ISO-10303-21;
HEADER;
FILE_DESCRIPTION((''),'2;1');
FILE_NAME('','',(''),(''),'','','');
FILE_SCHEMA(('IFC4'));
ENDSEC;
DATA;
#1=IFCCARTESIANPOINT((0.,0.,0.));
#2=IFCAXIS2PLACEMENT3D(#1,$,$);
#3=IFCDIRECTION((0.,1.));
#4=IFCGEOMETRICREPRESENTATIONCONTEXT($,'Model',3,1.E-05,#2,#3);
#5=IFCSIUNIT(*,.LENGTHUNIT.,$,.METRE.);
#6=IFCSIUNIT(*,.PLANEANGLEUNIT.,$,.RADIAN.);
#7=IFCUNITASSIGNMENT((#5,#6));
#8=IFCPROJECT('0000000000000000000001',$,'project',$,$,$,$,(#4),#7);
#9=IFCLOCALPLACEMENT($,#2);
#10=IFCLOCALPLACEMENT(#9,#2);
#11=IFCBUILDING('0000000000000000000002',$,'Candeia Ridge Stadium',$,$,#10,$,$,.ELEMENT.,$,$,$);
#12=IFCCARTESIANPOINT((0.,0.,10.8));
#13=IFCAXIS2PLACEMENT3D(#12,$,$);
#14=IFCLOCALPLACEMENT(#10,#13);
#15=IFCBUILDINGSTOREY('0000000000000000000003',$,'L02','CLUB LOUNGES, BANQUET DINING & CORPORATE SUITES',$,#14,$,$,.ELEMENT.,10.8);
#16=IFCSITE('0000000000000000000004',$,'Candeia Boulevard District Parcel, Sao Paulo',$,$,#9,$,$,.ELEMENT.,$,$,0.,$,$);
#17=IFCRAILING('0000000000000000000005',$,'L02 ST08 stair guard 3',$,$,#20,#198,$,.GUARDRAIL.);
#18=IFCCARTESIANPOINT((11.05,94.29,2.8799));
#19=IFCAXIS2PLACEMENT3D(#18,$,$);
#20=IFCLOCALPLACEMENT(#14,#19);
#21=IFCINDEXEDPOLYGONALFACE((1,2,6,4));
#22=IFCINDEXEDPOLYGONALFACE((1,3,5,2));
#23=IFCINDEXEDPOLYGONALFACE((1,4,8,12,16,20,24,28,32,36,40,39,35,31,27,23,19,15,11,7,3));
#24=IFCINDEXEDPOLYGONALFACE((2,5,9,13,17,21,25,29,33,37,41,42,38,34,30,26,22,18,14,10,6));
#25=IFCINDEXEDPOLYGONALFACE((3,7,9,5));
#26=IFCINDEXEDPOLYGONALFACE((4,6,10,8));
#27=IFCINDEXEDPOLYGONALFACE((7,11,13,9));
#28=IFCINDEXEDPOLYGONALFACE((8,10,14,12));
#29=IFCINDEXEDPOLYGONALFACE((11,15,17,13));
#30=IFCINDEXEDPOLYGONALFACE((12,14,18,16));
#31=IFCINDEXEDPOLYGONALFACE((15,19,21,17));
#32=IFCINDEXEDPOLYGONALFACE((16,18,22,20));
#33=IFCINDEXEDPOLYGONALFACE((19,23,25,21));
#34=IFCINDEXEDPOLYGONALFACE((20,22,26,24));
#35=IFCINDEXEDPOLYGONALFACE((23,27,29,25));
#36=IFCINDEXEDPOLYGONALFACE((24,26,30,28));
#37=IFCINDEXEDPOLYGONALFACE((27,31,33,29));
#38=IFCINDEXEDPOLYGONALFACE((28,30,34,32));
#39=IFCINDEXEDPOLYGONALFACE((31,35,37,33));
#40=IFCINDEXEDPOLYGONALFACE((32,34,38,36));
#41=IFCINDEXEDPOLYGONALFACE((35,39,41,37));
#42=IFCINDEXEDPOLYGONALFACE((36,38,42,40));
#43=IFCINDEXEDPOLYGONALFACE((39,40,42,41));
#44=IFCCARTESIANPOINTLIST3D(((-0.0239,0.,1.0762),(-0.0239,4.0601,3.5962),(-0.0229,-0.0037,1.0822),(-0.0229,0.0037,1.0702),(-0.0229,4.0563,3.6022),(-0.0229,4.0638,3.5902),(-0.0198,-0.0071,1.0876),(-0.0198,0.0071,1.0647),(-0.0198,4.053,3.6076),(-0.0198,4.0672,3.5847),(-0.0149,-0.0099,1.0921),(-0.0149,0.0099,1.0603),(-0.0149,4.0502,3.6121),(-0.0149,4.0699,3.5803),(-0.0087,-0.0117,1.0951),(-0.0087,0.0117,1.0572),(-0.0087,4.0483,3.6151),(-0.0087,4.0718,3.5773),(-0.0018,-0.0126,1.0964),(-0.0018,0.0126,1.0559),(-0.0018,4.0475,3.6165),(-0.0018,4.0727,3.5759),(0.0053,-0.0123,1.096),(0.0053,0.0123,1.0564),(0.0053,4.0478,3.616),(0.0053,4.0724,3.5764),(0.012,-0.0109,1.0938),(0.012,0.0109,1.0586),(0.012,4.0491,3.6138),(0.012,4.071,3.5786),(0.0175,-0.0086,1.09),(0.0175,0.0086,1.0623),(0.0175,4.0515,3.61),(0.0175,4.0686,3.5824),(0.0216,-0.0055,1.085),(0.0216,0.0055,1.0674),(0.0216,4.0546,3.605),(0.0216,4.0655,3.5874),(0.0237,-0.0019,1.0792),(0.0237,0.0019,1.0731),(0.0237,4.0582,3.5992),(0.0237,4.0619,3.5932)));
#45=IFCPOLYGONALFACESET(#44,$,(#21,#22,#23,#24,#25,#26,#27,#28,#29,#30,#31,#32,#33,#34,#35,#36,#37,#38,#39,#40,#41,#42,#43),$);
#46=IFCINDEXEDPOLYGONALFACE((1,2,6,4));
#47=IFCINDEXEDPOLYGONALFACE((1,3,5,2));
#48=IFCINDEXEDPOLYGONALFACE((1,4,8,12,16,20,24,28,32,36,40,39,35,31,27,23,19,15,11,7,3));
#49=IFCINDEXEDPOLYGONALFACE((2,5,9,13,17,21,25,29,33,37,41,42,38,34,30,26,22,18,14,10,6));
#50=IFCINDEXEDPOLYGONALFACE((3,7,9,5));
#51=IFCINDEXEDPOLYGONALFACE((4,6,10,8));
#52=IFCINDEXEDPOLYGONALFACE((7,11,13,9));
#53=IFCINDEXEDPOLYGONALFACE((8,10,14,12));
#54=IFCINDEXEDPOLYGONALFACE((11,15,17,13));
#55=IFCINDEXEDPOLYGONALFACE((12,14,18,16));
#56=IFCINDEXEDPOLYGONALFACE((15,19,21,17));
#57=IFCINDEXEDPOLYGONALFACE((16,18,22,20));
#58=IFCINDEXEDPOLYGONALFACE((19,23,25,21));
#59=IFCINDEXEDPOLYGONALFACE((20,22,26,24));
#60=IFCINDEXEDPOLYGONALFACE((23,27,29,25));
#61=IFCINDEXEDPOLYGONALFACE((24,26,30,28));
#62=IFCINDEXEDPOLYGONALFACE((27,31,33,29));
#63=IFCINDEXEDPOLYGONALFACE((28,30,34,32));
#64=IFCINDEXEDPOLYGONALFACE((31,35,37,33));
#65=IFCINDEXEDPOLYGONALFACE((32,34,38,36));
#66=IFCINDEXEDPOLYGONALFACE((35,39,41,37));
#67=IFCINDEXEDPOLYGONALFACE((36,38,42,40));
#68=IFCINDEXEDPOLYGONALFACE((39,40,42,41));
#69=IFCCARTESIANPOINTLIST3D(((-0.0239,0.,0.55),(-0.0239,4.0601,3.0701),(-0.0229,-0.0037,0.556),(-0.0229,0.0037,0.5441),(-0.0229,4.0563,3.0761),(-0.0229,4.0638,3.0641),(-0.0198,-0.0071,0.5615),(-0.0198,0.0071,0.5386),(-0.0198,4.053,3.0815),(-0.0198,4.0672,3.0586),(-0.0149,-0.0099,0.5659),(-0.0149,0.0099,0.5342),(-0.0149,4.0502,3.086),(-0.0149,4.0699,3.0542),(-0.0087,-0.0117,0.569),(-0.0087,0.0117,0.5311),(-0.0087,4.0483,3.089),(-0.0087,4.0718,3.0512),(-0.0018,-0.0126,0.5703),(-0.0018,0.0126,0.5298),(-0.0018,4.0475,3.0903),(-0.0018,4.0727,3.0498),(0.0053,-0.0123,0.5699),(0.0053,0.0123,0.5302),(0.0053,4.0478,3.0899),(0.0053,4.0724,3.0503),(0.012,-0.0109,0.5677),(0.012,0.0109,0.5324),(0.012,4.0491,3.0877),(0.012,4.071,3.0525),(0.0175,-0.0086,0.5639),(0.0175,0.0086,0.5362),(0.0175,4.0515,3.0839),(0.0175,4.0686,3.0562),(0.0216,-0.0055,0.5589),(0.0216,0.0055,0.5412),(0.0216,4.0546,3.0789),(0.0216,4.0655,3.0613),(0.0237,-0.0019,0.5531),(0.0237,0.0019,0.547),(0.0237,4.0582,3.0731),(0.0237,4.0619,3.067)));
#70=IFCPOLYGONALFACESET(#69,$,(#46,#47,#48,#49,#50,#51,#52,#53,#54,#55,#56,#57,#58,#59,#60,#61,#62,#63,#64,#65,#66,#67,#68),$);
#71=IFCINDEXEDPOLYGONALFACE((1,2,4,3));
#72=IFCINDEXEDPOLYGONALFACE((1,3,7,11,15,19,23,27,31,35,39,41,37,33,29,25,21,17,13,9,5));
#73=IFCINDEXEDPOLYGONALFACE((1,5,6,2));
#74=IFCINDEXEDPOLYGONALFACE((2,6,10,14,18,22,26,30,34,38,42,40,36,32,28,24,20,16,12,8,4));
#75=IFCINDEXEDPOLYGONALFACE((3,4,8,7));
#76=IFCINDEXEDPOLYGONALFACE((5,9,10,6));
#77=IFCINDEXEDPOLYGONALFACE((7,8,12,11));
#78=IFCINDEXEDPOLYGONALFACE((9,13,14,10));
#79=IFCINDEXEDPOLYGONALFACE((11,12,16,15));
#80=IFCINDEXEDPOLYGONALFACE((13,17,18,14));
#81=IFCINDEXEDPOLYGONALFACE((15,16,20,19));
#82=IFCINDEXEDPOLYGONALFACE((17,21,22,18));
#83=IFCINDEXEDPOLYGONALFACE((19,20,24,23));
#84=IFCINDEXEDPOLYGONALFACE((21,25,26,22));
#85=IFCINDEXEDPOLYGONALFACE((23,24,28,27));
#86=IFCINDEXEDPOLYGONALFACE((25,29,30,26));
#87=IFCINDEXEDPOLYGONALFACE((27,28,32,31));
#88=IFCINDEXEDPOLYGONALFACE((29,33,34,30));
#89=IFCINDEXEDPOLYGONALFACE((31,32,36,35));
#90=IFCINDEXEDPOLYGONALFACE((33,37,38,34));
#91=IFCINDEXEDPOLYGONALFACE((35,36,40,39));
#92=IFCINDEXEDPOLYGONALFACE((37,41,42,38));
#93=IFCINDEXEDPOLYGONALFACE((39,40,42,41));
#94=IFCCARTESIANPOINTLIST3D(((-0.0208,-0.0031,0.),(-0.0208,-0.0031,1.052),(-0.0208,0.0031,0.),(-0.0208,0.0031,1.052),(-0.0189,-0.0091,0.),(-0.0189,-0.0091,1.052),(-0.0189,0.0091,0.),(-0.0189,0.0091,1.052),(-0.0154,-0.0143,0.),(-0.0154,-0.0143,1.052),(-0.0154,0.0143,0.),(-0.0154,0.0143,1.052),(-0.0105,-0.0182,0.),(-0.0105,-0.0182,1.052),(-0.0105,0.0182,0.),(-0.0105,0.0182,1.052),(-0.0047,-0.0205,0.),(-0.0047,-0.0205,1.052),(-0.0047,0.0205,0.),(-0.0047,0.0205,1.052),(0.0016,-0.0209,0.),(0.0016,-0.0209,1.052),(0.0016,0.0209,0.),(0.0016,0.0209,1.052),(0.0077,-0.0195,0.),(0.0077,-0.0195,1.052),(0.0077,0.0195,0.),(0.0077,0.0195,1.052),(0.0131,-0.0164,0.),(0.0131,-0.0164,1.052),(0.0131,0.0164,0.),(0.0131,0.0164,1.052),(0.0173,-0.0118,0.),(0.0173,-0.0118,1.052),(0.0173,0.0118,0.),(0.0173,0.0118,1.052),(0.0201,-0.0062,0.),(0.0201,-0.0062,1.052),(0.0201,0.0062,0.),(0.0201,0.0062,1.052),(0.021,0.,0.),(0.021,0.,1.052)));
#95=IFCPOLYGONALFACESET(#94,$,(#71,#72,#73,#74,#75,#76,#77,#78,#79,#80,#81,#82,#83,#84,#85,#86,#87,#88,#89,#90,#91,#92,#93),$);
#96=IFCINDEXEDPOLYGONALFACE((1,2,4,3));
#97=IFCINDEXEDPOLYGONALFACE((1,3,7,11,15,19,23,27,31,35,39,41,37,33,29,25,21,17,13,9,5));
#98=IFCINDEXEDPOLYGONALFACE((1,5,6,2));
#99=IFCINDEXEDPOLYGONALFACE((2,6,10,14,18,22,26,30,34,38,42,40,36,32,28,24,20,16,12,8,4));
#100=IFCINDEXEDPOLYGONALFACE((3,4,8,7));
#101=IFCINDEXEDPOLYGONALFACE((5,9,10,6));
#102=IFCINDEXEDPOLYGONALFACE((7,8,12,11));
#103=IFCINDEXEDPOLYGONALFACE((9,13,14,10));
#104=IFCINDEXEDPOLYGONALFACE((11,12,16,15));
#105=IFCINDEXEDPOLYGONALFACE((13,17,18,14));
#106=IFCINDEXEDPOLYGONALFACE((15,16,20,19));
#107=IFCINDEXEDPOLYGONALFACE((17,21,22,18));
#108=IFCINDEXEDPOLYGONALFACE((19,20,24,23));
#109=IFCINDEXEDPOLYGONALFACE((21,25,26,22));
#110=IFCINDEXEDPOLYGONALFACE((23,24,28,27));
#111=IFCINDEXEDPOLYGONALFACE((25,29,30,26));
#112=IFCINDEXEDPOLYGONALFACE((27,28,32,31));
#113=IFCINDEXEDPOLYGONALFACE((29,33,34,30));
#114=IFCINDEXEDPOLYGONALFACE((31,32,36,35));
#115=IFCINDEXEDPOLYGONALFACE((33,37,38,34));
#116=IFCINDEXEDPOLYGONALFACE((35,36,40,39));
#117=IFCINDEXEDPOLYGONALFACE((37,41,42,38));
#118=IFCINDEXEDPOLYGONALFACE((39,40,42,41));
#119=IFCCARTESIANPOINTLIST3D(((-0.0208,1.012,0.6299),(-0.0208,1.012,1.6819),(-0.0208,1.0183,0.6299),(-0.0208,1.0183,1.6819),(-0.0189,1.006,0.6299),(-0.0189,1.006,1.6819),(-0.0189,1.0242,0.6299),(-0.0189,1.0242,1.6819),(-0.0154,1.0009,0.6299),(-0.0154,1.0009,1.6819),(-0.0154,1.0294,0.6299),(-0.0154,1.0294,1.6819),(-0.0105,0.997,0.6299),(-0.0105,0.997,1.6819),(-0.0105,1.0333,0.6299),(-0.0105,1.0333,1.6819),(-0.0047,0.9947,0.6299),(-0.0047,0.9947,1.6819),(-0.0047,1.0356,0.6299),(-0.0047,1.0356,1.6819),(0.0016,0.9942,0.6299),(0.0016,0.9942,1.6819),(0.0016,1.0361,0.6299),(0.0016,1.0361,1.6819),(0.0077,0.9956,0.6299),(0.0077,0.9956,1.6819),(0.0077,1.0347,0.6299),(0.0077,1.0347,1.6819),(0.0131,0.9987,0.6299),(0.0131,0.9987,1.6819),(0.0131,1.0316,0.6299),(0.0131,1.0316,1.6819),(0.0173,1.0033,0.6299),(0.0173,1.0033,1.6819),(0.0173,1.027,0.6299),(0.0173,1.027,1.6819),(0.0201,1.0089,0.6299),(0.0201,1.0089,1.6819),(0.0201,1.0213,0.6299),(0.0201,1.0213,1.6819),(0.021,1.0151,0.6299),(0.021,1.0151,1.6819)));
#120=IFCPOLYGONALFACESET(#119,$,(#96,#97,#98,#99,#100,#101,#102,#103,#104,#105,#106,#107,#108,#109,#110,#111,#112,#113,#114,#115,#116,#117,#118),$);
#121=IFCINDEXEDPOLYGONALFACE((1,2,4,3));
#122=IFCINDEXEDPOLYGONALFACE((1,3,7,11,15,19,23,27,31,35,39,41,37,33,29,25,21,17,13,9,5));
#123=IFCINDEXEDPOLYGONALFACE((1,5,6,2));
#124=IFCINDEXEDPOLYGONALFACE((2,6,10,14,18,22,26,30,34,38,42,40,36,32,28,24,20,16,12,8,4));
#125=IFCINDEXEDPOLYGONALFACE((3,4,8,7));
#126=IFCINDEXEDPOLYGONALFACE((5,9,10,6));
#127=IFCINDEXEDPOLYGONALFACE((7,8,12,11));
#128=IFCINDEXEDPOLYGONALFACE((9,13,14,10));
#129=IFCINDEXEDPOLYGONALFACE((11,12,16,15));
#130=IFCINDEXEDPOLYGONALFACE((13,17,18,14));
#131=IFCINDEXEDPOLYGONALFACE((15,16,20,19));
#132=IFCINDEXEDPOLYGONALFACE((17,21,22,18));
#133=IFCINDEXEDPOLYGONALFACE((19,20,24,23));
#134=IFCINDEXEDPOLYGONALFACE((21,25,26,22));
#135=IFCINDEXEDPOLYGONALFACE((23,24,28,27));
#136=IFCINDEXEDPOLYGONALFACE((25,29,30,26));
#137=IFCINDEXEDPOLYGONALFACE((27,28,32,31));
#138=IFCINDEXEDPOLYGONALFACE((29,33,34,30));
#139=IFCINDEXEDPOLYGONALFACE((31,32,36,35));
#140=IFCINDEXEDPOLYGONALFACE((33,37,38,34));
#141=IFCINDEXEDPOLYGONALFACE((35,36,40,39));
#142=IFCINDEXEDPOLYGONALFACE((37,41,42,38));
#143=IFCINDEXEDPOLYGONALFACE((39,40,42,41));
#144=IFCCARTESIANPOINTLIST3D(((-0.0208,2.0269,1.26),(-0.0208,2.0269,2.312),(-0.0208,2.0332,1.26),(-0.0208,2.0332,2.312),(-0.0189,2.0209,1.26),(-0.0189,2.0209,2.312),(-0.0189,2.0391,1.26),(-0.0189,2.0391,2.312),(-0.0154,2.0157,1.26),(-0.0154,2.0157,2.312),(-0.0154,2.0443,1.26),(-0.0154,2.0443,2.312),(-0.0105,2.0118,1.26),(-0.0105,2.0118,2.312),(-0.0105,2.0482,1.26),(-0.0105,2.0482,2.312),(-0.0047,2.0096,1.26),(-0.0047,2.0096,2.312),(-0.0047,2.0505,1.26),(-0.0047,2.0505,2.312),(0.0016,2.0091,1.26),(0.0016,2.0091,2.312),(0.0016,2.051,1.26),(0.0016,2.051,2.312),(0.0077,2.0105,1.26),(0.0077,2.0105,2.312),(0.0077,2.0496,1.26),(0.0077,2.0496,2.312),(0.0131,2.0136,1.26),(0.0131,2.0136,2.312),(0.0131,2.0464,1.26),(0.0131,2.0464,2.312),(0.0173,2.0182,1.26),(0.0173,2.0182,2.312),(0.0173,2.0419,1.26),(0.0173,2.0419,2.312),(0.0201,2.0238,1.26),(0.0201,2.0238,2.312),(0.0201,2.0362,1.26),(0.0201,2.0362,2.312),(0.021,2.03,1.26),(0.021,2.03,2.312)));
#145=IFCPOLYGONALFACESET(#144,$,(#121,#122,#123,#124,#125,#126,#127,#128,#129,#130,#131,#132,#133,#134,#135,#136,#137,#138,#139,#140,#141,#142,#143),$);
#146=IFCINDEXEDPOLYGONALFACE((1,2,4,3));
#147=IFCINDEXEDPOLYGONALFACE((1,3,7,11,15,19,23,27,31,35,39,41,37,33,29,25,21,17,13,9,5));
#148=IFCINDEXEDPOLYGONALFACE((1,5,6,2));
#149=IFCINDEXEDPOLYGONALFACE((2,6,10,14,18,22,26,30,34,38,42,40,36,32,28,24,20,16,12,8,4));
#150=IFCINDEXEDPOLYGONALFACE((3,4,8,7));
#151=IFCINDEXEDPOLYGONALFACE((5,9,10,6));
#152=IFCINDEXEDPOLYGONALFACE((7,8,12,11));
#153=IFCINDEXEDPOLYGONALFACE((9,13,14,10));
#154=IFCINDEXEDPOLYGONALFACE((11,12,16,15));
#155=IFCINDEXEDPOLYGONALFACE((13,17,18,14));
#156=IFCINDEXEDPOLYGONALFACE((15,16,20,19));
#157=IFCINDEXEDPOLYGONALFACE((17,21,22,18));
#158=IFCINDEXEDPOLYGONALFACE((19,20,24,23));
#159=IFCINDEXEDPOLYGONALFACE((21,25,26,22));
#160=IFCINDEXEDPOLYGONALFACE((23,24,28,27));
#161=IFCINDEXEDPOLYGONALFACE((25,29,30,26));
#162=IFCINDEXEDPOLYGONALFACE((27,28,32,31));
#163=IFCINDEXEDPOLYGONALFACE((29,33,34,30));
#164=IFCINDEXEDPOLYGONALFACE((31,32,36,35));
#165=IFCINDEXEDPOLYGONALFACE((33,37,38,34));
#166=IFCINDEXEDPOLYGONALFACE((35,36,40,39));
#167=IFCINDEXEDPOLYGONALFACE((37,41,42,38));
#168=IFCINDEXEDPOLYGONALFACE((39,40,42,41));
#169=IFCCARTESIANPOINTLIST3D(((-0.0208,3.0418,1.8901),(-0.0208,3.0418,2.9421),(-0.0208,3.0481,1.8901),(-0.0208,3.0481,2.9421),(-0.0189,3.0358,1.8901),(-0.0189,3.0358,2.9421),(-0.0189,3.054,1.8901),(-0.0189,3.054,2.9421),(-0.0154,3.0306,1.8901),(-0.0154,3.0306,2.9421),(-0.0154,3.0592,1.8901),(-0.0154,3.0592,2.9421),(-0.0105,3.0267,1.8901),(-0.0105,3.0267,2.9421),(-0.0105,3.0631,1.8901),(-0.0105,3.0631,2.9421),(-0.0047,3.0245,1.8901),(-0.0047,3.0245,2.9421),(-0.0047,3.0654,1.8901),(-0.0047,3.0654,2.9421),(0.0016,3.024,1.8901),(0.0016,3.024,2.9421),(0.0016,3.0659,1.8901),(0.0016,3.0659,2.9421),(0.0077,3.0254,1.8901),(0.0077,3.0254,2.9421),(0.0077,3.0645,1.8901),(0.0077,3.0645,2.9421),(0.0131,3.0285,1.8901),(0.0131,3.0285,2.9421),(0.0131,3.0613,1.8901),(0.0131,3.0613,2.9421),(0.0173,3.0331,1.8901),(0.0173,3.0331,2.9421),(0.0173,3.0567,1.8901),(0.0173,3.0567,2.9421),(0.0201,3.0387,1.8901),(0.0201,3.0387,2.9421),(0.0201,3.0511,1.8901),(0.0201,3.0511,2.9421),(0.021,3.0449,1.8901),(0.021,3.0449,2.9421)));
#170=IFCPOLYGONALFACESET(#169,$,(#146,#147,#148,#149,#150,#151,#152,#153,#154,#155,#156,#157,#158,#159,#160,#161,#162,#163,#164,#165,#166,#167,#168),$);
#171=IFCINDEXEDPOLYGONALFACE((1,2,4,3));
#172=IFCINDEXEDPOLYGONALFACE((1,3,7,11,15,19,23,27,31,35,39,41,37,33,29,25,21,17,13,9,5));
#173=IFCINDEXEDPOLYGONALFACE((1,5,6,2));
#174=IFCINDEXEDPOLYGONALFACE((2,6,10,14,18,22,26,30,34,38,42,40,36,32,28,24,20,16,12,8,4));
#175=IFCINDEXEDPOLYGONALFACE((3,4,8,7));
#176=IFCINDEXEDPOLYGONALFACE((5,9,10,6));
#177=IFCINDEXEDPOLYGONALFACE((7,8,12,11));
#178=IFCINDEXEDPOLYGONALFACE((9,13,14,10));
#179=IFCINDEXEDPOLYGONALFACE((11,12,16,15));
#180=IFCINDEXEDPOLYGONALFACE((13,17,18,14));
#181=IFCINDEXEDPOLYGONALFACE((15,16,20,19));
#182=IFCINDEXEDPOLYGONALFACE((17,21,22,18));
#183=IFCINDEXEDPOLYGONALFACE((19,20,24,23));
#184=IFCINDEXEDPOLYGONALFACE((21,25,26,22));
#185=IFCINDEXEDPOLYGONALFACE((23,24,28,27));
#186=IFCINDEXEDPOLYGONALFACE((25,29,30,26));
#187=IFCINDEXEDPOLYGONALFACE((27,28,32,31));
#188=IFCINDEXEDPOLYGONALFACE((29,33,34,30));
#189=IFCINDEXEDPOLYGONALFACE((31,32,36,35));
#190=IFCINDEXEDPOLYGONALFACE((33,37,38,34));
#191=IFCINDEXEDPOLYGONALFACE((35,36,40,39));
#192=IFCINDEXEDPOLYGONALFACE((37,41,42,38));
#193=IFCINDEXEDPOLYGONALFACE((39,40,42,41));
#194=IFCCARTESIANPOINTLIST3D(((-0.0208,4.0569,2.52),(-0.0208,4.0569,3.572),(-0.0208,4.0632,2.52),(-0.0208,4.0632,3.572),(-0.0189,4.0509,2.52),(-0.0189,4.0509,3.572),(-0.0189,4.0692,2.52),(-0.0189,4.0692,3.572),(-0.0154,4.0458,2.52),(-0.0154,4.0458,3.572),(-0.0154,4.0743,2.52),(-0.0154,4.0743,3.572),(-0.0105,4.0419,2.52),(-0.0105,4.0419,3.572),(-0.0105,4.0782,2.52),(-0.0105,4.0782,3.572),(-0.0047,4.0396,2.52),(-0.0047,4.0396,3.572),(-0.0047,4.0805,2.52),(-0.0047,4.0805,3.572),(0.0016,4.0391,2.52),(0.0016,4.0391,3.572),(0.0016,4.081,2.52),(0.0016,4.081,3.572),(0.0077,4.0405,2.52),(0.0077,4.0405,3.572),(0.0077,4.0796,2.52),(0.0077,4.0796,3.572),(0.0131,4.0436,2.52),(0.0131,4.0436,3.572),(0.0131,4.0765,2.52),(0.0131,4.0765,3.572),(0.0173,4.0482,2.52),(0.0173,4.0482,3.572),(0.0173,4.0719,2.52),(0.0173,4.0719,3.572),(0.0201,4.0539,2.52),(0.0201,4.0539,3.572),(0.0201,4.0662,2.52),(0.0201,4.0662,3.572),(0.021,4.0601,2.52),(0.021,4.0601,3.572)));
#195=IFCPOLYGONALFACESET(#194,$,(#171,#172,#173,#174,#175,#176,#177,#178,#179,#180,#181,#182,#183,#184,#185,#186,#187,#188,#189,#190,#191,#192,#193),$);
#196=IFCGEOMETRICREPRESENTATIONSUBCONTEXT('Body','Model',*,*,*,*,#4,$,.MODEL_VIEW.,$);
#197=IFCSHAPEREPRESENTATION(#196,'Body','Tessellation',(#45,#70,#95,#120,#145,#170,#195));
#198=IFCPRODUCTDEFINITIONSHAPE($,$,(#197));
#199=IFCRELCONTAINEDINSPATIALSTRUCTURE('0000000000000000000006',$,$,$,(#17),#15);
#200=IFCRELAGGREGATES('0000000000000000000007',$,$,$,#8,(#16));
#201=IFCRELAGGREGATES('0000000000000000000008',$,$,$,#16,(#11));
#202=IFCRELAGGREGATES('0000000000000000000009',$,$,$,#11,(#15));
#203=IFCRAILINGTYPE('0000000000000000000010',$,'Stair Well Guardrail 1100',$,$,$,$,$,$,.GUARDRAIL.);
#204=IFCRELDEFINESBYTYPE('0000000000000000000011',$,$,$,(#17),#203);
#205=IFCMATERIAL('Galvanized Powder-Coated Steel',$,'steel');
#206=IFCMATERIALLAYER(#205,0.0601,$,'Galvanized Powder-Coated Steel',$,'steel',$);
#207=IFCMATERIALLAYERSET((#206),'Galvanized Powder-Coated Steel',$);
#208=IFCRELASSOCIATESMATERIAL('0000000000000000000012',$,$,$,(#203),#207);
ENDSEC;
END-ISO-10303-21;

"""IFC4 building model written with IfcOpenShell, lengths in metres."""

from ifc_helpers import new_model, si_unit, direction, frame, origin, origin_2d, place, context, subcontext, project, spatial, circle, extrude, material, layer, layer_set, type_object, element, save


model = new_model("IFC4")

# Units and contexts
model_context = context("Model", 3, precision=1e-05, world=origin(), true_north=direction((0.0, 1.0)))
body_context = subcontext(model_context, "Body", "Model", "MODEL_VIEW")
ifc_project = project(units=[si_unit("LENGTHUNIT", "METRE"), si_unit("PLANEANGLEUNIT", "RADIAN")], contexts=[model_context])

# Site, building, storey
site_placement = place(None, origin())
site = spatial("IfcSite", under=ifc_project, at=site_placement, Name="Candeia Boulevard District Parcel, Sao Paulo", CompositionType="ELEMENT", RefElevation=0.0)
building_placement = place(site_placement, origin())
building = spatial("IfcBuilding", under=site, at=building_placement, Name="Candeia Ridge Stadium", CompositionType="ELEMENT")
storey_placement = place(building_placement, frame((0.0, 0.0, 10.8)))
storey = spatial("IfcBuildingStorey", under=building, at=storey_placement, Name="L02", Description="CLUB LOUNGES, BANQUET DINING & CORPORATE SUITES", CompositionType="ELEMENT", Elevation=10.8)

# Railing
ifc_material_1 = material(Name="Galvanized Powder-Coated Steel", Category="steel")
ifc_layer_1 = layer(ifc_material_1, 0.0601, Name="Galvanized Powder-Coated Steel", Category="steel")
ifc_layer_set_1 = layer_set([ifc_layer_1], Name="Galvanized Powder-Coated Steel")
railing_type_1 = type_object("IfcRailingType", Name="Stair Well Guardrail 1100", PredefinedType="GUARDRAIL", material=ifc_layer_set_1)
railing_1_placement = place(storey_placement, frame((11.05, 94.29, 2.8799)))
element("IfcRailing", 1, at=railing_1_placement, inside=storey, type_object=railing_type_1, Name="L02 ST08 stair guard 3", PredefinedType="GUARDRAIL", context=body_context, shape_type="SweptSolid", body=[
    extrude(circle(Radius=0.0239, at=origin_2d()), frame((0.0, 0.0, 1.0762), z_axis=(0.0, 0.849642, 0.52736), x_axis=(-1.0, 0.0, 0.0)), (0.0, 0.0, 1.0), 4.7786),
    extrude(circle(Radius=0.0239, at=origin_2d()), frame((0.0, 0.0, 0.55), z_axis=(0.0, 0.849642, 0.52736), x_axis=(-1.0, 0.0, 0.0)), (0.0, 0.0, 1.0), 4.7786),
    extrude(circle(Radius=0.021, at=origin_2d()), origin(), (0.0, 0.0, 1.0), 1.052),
    extrude(circle(Radius=0.021, at=origin_2d()), frame((0.0, 1.0151, 0.6299)), (0.0, 0.0, 1.0), 1.052),
    extrude(circle(Radius=0.021, at=origin_2d()), frame((0.0, 2.03, 1.26)), (0.0, 0.0, 1.0), 1.052),
    extrude(circle(Radius=0.021, at=origin_2d()), frame((0.0, 3.0449, 1.8901)), (0.0, 0.0, 1.0), 1.052),
    extrude(circle(Radius=0.021, at=origin_2d()), frame((0.0, 4.0601, 2.52)), (0.0, 0.0, 1.0), 1.052),
])

save(model, "model.ifc")
